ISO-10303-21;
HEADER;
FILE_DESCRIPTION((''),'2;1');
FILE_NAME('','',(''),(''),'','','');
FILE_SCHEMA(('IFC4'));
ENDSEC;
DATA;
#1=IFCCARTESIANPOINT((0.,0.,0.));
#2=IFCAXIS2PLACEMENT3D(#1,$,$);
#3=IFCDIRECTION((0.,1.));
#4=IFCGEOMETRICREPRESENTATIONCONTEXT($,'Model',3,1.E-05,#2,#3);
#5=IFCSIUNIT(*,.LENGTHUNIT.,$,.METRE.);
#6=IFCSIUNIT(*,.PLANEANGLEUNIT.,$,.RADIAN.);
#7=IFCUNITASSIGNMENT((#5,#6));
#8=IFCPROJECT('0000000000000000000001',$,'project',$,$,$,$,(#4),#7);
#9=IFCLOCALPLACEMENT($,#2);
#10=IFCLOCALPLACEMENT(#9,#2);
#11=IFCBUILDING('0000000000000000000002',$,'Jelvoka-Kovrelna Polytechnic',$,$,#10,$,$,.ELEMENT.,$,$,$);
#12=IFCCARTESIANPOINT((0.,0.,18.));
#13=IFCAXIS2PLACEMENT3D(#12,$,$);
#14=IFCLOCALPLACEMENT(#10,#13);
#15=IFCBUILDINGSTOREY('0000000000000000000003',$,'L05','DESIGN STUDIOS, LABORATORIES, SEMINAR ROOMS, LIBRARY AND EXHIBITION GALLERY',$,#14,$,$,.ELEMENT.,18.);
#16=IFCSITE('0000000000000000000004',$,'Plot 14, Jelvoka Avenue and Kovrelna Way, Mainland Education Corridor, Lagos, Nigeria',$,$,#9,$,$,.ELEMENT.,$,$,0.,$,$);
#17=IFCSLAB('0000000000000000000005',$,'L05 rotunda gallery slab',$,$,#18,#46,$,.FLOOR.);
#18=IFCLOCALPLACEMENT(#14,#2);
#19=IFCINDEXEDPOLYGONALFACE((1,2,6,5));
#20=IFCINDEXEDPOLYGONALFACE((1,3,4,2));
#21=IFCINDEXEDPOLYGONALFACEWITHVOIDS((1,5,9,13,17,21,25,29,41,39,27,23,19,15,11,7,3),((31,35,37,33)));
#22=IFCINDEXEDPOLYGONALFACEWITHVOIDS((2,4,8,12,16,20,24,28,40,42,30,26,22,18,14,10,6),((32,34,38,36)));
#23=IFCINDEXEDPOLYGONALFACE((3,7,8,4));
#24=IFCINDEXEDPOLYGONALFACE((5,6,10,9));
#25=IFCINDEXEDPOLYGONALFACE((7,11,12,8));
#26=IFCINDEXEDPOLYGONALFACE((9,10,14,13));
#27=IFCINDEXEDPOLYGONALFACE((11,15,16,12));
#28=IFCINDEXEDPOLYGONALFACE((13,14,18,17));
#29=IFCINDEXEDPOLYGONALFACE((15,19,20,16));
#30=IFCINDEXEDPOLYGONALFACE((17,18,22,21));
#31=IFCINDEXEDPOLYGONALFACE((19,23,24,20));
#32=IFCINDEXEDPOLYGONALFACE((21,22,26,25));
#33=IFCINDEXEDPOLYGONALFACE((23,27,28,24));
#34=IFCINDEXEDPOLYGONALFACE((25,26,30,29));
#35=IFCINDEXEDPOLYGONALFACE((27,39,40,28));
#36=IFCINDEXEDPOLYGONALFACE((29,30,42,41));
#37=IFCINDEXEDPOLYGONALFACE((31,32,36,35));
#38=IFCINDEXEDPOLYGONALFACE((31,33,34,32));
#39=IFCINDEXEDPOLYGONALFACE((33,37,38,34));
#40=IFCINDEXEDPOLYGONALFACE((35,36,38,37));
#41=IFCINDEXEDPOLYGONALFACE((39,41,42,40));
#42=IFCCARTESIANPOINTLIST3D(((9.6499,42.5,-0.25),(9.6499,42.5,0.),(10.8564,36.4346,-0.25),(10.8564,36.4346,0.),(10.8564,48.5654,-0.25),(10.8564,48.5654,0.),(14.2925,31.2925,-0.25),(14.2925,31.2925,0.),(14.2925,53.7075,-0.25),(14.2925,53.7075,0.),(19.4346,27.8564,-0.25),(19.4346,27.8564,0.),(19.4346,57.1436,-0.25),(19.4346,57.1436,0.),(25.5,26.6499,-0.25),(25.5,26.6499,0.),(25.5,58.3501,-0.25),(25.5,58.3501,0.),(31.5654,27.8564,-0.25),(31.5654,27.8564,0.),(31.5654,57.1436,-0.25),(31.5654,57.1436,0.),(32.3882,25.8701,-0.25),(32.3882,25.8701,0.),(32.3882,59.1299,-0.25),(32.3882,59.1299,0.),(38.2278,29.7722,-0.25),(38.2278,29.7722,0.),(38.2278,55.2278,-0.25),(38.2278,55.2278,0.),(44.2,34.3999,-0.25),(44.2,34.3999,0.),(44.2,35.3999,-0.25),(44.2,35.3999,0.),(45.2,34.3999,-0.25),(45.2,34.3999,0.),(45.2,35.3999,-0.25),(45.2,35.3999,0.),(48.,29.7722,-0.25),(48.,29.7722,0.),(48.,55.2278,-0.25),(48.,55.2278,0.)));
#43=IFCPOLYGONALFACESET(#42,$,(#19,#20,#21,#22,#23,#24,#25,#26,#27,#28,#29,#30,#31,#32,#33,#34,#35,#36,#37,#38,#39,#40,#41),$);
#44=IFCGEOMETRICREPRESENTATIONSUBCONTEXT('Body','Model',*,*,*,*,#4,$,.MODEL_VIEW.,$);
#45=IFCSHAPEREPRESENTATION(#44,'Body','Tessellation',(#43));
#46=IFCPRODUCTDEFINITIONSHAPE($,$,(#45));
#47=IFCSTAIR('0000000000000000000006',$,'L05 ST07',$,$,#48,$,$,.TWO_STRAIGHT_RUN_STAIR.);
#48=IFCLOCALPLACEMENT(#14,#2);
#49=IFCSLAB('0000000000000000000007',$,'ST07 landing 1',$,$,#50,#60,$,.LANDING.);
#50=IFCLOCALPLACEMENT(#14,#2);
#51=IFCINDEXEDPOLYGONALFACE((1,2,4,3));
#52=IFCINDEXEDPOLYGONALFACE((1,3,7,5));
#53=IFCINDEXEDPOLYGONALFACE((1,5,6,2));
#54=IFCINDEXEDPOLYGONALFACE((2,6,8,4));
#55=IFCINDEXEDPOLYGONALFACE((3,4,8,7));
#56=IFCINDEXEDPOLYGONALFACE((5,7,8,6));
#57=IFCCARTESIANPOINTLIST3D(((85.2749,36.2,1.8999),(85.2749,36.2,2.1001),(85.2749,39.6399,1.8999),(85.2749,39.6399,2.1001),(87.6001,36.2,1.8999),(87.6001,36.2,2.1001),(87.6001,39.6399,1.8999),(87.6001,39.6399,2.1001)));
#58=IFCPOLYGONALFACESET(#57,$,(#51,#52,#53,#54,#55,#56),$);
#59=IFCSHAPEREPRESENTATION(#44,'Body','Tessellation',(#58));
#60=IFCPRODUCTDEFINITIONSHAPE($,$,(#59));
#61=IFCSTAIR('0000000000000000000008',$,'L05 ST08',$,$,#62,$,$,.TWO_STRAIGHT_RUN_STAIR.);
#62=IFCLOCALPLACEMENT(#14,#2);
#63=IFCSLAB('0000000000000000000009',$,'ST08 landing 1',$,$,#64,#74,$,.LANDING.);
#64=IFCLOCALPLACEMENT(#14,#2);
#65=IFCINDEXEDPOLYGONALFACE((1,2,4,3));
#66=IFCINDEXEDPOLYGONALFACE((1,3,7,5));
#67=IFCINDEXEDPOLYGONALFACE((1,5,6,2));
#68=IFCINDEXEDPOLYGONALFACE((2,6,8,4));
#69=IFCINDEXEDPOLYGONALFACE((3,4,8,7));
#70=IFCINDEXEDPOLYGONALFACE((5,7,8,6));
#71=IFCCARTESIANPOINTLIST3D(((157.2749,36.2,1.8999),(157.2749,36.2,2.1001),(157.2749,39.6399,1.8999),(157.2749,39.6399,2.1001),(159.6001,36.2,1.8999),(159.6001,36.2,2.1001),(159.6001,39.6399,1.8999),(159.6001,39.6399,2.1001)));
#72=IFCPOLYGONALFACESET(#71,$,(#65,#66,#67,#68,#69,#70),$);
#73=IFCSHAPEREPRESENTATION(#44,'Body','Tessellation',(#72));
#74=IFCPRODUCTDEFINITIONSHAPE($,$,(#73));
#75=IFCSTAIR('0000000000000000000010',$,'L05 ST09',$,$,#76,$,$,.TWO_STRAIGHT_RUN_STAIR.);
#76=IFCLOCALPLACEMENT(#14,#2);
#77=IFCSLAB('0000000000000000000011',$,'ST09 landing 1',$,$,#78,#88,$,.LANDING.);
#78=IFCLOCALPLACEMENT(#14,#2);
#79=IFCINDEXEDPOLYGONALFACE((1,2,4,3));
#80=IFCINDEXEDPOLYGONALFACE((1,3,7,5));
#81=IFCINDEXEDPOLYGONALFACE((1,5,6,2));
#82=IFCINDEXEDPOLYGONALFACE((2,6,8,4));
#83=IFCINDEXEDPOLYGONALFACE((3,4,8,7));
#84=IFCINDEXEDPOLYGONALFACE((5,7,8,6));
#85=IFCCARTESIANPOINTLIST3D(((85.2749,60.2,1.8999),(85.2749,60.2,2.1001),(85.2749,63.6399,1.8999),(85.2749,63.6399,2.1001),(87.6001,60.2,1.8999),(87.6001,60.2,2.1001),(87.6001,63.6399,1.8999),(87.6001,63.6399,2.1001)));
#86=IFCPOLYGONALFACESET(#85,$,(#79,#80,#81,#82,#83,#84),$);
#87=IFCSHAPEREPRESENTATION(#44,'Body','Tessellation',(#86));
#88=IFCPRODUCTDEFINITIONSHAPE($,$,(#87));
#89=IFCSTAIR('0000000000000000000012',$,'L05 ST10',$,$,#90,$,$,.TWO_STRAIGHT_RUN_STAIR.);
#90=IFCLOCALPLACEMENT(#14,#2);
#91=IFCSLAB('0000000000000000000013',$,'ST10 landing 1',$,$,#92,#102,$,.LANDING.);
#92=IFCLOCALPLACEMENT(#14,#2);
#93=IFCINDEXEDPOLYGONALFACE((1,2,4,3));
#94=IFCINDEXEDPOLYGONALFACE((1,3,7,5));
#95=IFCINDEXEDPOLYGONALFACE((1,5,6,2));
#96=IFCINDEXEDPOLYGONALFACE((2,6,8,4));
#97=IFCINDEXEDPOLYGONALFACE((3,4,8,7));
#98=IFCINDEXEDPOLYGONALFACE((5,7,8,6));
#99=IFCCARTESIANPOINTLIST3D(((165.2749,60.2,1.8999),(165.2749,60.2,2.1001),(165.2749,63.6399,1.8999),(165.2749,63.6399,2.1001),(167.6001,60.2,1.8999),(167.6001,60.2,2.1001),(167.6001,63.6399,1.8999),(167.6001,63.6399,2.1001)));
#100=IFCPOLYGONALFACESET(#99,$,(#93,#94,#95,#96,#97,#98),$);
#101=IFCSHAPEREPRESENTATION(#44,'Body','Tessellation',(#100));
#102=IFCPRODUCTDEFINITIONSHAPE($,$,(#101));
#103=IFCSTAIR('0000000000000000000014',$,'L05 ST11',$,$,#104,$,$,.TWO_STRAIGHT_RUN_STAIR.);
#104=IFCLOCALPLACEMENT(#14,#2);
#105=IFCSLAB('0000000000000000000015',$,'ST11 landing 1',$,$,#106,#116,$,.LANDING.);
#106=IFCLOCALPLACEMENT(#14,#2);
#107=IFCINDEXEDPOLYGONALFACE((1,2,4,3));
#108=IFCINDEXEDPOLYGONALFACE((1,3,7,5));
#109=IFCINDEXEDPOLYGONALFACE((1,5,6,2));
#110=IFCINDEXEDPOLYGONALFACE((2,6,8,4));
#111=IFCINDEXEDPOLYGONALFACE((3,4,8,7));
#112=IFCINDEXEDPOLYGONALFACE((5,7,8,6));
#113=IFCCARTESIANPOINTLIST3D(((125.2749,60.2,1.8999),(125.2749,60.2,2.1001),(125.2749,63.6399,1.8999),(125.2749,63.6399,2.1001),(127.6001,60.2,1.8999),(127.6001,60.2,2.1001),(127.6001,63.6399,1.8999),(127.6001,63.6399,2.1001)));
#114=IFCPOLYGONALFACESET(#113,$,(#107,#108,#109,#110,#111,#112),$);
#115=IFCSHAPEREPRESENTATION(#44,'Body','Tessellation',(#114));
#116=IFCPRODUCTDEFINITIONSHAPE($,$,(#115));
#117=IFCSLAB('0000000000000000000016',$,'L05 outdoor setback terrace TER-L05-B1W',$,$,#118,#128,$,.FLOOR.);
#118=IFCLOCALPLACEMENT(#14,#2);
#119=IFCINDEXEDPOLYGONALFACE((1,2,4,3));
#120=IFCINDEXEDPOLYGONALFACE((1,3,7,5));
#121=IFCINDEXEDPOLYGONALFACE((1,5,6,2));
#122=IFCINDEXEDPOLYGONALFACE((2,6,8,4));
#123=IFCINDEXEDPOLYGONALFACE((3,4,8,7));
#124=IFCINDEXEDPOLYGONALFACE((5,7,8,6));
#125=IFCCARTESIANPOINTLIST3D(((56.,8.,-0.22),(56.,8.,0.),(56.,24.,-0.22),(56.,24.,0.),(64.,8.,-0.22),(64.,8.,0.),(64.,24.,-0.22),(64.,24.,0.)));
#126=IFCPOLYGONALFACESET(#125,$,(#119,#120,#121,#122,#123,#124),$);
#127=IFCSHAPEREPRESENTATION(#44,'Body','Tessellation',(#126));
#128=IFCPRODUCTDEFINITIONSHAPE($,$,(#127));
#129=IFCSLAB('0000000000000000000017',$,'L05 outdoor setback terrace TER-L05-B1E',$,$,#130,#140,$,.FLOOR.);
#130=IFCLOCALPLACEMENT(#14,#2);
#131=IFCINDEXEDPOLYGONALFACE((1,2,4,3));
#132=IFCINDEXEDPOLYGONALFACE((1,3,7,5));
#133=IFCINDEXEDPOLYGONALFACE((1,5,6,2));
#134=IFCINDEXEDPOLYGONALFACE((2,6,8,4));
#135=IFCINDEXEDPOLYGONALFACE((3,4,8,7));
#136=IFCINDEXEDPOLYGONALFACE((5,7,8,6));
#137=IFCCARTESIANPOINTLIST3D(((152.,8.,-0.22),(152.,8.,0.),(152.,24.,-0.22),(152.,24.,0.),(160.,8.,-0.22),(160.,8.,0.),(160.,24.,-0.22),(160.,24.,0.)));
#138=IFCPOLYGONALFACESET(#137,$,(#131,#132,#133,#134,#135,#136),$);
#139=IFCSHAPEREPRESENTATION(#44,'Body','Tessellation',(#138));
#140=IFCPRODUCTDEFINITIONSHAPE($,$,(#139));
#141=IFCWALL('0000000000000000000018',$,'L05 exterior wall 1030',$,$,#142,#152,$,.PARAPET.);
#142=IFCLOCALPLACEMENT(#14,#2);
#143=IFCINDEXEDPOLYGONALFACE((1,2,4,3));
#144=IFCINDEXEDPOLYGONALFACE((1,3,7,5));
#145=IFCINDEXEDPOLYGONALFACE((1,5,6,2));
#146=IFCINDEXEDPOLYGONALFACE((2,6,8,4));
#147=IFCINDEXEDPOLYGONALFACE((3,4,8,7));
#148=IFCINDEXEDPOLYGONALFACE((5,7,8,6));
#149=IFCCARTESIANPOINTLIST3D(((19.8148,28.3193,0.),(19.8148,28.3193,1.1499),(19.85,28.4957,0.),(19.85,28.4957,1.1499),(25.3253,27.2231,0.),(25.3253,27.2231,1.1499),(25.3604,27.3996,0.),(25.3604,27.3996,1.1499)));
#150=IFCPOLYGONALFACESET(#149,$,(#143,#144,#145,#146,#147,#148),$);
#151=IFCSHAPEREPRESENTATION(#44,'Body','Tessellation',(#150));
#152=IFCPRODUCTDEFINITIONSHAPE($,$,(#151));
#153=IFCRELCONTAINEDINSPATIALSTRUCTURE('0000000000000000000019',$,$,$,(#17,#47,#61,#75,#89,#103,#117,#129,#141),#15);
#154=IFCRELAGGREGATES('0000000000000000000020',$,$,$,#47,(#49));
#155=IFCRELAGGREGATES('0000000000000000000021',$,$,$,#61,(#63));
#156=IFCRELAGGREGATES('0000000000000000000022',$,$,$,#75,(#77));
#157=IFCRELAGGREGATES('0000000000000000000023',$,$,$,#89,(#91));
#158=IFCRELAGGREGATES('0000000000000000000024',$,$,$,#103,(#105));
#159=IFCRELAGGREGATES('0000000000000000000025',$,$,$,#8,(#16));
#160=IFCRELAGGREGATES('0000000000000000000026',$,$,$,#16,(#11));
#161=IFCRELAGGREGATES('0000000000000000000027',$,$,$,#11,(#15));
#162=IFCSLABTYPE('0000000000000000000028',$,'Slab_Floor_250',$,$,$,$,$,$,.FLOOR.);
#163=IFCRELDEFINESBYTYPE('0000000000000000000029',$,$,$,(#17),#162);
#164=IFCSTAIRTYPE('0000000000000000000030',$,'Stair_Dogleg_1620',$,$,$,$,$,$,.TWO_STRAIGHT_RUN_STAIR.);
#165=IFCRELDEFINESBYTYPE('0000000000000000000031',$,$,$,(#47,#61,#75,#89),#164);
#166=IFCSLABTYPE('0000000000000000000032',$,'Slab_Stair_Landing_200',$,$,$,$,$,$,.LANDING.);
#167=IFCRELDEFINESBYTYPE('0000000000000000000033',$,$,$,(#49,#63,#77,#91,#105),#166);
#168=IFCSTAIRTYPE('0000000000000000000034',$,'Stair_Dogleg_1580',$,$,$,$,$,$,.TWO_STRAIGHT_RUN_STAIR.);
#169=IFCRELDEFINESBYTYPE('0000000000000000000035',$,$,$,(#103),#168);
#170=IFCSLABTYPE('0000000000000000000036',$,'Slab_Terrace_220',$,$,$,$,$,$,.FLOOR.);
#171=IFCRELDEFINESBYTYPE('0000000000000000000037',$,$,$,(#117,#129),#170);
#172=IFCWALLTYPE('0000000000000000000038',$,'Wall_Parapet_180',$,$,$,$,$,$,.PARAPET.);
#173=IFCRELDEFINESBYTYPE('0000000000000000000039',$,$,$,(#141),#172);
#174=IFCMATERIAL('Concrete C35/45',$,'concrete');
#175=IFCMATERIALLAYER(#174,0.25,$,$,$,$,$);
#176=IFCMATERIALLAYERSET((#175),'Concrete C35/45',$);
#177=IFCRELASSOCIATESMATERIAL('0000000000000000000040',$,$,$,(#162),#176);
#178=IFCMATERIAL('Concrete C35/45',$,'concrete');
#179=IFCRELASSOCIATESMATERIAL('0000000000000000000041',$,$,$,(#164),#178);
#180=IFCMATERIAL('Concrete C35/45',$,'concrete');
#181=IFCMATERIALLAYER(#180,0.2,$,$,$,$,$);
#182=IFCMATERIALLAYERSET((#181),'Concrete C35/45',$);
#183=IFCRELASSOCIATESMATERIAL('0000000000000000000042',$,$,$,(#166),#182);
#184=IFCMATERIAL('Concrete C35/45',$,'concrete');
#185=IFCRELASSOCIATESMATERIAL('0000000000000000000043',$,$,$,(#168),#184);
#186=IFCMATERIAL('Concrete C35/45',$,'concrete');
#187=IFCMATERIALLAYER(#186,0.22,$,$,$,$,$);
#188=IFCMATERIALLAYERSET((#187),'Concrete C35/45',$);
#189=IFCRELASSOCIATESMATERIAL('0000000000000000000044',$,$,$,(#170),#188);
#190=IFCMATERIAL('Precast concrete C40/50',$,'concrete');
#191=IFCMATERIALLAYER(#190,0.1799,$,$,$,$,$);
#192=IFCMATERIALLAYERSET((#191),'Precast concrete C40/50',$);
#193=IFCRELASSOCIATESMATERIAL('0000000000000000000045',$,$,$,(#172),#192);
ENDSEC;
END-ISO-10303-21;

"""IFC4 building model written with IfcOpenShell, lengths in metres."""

from ifc_helpers import new_model, si_unit, direction, frame, frame_2d, origin, place, context, subcontext, project, spatial, polyline, rectangle, outline, extrude, material, layer, layer_set, type_object, element, aggregate, save


model = new_model("IFC4")

# Units and contexts
model_context = context("Model", 3, precision=1e-05, world=origin(), true_north=direction((0.0, 1.0)))
body_context = subcontext(model_context, "Body", "Model", "MODEL_VIEW")
ifc_project = project(units=[si_unit("LENGTHUNIT", "METRE"), si_unit("PLANEANGLEUNIT", "RADIAN")], contexts=[model_context])

# Site, building, storey
site_placement = place(None, origin())
site = spatial("IfcSite", under=ifc_project, at=site_placement, Name="Plot 14, Jelvoka Avenue and Kovrelna Way, Mainland Education Corridor, Lagos, Nigeria", CompositionType="ELEMENT", RefElevation=0.0)
building_placement = place(site_placement, origin())
building = spatial("IfcBuilding", under=site, at=building_placement, Name="Jelvoka-Kovrelna Polytechnic", CompositionType="ELEMENT")
storey_placement = place(building_placement, frame((0.0, 0.0, 18.0)))
storey = spatial("IfcBuildingStorey", under=building, at=storey_placement, Name="L05", Description="DESIGN STUDIOS, LABORATORIES, SEMINAR ROOMS, LIBRARY AND EXHIBITION GALLERY", CompositionType="ELEMENT", Elevation=18.0)

# Slab
ifc_material_1 = material(Name="Concrete C35/45", Category="concrete")
ifc_layer_1 = layer(ifc_material_1, 0.25)
ifc_layer_set_1 = layer_set([ifc_layer_1], Name="Concrete C35/45")
slab_type_1 = type_object("IfcSlabType", Name="Slab_Floor_250", PredefinedType="FLOOR", material=ifc_layer_set_1)
slab_1_placement = place(storey_placement, frame((0.0, 0.0, -0.25)))
element("IfcSlab", 1, at=slab_1_placement, inside=storey, type_object=slab_type_1, Name="L05 rotunda gallery slab", PredefinedType="FLOOR", context=body_context, shape_type="SweptSolid", body=[
    extrude(outline(polyline([(48.0, 29.7722), (48.0, 55.2278), (38.2278, 55.2278), (32.3882, 59.1299), (31.5654, 57.1436), (25.5, 58.3501), (19.4346, 57.1436), (14.2925, 53.7075), (10.8564, 48.5654), (9.6499, 42.5), (10.8564, 36.4346), (14.2925, 31.2925), (19.4346, 27.8564), (25.5, 26.6499), (31.5654, 27.8564), (32.3882, 25.8701), (38.2278, 29.7722), (48.0, 29.7722)]), holes=[polyline([(44.2, 34.3999), (45.2, 34.3999), (45.2, 35.3999), (44.2, 35.3999), (44.2, 34.3999)])]), origin(), (0.0, 0.0, 1.0), 0.25),
])

# Stairs, slabs
ifc_material_2 = material(Name="Concrete C35/45", Category="concrete")
stair_type_1 = type_object("IfcStairType", Name="Stair_Dogleg_1620", PredefinedType="TWO_STRAIGHT_RUN_STAIR", material=ifc_material_2)
stair_1_placement = place(storey_placement, origin())
stair_1 = element("IfcStair", 2, at=stair_1_placement, inside=storey, type_object=stair_type_1, Name="L05 ST07", PredefinedType="TWO_STRAIGHT_RUN_STAIR")
ifc_material_3 = material(Name="Concrete C35/45", Category="concrete")
ifc_layer_2 = layer(ifc_material_3, 0.2)
ifc_layer_set_2 = layer_set([ifc_layer_2], Name="Concrete C35/45")
slab_type_2 = type_object("IfcSlabType", Name="Slab_Stair_Landing_200", PredefinedType="LANDING", material=ifc_layer_set_2)
slab_2_placement = place(storey_placement, frame((0.0, 0.0, 1.8999)))
slab_2 = element("IfcSlab", 3, at=slab_2_placement, type_object=slab_type_2, Name="ST07 landing 1", PredefinedType="LANDING", context=body_context, shape_type="SweptSolid", body=[
    extrude(outline(polyline([(85.2749, 36.2), (87.6001, 36.2), (87.6001, 39.6399), (85.2749, 39.6399), (85.2749, 36.2)])), origin(), (0.0, 0.0, 1.0), 0.2002),
])
aggregate(stair_1, [slab_2])
stair_2_placement = place(storey_placement, origin())
stair_2 = element("IfcStair", 4, at=stair_2_placement, inside=storey, type_object=stair_type_1, Name="L05 ST08", PredefinedType="TWO_STRAIGHT_RUN_STAIR")
slab_3_placement = place(storey_placement, frame((0.0, 0.0, 1.8999)))
slab_3 = element("IfcSlab", 5, at=slab_3_placement, type_object=slab_type_2, Name="ST08 landing 1", PredefinedType="LANDING", context=body_context, shape_type="SweptSolid", body=[
    extrude(outline(polyline([(157.2749, 36.2), (159.6001, 36.2), (159.6001, 39.6399), (157.2749, 39.6399), (157.2749, 36.2)])), origin(), (0.0, 0.0, 1.0), 0.2002),
])
aggregate(stair_2, [slab_3])
stair_3_placement = place(storey_placement, origin())
stair_3 = element("IfcStair", 6, at=stair_3_placement, inside=storey, type_object=stair_type_1, Name="L05 ST09", PredefinedType="TWO_STRAIGHT_RUN_STAIR")
slab_4_placement = place(storey_placement, frame((0.0, 0.0, 1.8999)))
slab_4 = element("IfcSlab", 7, at=slab_4_placement, type_object=slab_type_2, Name="ST09 landing 1", PredefinedType="LANDING", context=body_context, shape_type="SweptSolid", body=[
    extrude(outline(polyline([(85.2749, 60.2), (87.6001, 60.2), (87.6001, 63.6399), (85.2749, 63.6399), (85.2749, 60.2)])), origin(), (0.0, 0.0, 1.0), 0.2002),
])
aggregate(stair_3, [slab_4])
stair_4_placement = place(storey_placement, origin())
stair_4 = element("IfcStair", 8, at=stair_4_placement, inside=storey, type_object=stair_type_1, Name="L05 ST10", PredefinedType="TWO_STRAIGHT_RUN_STAIR")
slab_5_placement = place(storey_placement, frame((0.0, 0.0, 1.8999)))
slab_5 = element("IfcSlab", 9, at=slab_5_placement, type_object=slab_type_2, Name="ST10 landing 1", PredefinedType="LANDING", context=body_context, shape_type="SweptSolid", body=[
    extrude(outline(polyline([(165.2749, 60.2), (167.6001, 60.2), (167.6001, 63.6399), (165.2749, 63.6399), (165.2749, 60.2)])), origin(), (0.0, 0.0, 1.0), 0.2002),
])
aggregate(stair_4, [slab_5])
ifc_material_4 = material(Name="Concrete C35/45", Category="concrete")
stair_type_2 = type_object("IfcStairType", Name="Stair_Dogleg_1580", PredefinedType="TWO_STRAIGHT_RUN_STAIR", material=ifc_material_4)
stair_5_placement = place(storey_placement, origin())
stair_5 = element("IfcStair", 10, at=stair_5_placement, inside=storey, type_object=stair_type_2, Name="L05 ST11", PredefinedType="TWO_STRAIGHT_RUN_STAIR")
slab_6_placement = place(storey_placement, frame((0.0, 0.0, 1.8999)))
slab_6 = element("IfcSlab", 11, at=slab_6_placement, type_object=slab_type_2, Name="ST11 landing 1", PredefinedType="LANDING", context=body_context, shape_type="SweptSolid", body=[
    extrude(outline(polyline([(125.2749, 60.2), (127.6001, 60.2), (127.6001, 63.6399), (125.2749, 63.6399), (125.2749, 60.2)])), origin(), (0.0, 0.0, 1.0), 0.2002),
])
aggregate(stair_5, [slab_6])

# Slabs
ifc_material_5 = material(Name="Concrete C35/45", Category="concrete")
ifc_layer_3 = layer(ifc_material_5, 0.22)
ifc_layer_set_3 = layer_set([ifc_layer_3], Name="Concrete C35/45")
slab_type_3 = type_object("IfcSlabType", Name="Slab_Terrace_220", PredefinedType="FLOOR", material=ifc_layer_set_3)
slab_7_placement = place(storey_placement, frame((0.0, 0.0, -0.22)))
element("IfcSlab", 12, at=slab_7_placement, inside=storey, type_object=slab_type_3, Name="L05 outdoor setback terrace TER-L05-B1W", PredefinedType="FLOOR", context=body_context, shape_type="SweptSolid", body=[
    extrude(outline(polyline([(56.0, 8.0), (64.0, 8.0), (64.0, 24.0), (56.0, 24.0), (56.0, 8.0)])), origin(), (0.0, 0.0, 1.0), 0.22),
])
slab_8_placement = place(storey_placement, frame((0.0, 0.0, -0.22)))
element("IfcSlab", 13, at=slab_8_placement, inside=storey, type_object=slab_type_3, Name="L05 outdoor setback terrace TER-L05-B1E", PredefinedType="FLOOR", context=body_context, shape_type="SweptSolid", body=[
    extrude(outline(polyline([(152.0, 8.0), (160.0, 8.0), (160.0, 24.0), (152.0, 24.0), (152.0, 8.0)])), origin(), (0.0, 0.0, 1.0), 0.22),
])

# Wall
ifc_material_6 = material(Name="Precast concrete C40/50", Category="concrete")
ifc_layer_4 = layer(ifc_material_6, 0.1799)
ifc_layer_set_4 = layer_set([ifc_layer_4], Name="Precast concrete C40/50")
wall_type = type_object("IfcWallType", Name="Wall_Parapet_180", PredefinedType="PARAPET", material=ifc_layer_set_4)
wall_placement = place(storey_placement, frame((19.8325, 28.4075, 0.0), z_axis=(0.0, 0.0, 1.0), x_axis=(0.980782, -0.195105, 0.0)))
element("IfcWall", 14, at=wall_placement, inside=storey, type_object=wall_type, Name="L05 exterior wall 1030", PredefinedType="PARAPET", context=body_context, shape_type="SweptSolid", body=[
    extrude(rectangle(XDim=5.6184, YDim=0.1799, at=frame_2d((2.8091, 0.0))), origin(), (0.0, 0.0, 1.0), 1.1499),
])

save(model, "model.ifc")
